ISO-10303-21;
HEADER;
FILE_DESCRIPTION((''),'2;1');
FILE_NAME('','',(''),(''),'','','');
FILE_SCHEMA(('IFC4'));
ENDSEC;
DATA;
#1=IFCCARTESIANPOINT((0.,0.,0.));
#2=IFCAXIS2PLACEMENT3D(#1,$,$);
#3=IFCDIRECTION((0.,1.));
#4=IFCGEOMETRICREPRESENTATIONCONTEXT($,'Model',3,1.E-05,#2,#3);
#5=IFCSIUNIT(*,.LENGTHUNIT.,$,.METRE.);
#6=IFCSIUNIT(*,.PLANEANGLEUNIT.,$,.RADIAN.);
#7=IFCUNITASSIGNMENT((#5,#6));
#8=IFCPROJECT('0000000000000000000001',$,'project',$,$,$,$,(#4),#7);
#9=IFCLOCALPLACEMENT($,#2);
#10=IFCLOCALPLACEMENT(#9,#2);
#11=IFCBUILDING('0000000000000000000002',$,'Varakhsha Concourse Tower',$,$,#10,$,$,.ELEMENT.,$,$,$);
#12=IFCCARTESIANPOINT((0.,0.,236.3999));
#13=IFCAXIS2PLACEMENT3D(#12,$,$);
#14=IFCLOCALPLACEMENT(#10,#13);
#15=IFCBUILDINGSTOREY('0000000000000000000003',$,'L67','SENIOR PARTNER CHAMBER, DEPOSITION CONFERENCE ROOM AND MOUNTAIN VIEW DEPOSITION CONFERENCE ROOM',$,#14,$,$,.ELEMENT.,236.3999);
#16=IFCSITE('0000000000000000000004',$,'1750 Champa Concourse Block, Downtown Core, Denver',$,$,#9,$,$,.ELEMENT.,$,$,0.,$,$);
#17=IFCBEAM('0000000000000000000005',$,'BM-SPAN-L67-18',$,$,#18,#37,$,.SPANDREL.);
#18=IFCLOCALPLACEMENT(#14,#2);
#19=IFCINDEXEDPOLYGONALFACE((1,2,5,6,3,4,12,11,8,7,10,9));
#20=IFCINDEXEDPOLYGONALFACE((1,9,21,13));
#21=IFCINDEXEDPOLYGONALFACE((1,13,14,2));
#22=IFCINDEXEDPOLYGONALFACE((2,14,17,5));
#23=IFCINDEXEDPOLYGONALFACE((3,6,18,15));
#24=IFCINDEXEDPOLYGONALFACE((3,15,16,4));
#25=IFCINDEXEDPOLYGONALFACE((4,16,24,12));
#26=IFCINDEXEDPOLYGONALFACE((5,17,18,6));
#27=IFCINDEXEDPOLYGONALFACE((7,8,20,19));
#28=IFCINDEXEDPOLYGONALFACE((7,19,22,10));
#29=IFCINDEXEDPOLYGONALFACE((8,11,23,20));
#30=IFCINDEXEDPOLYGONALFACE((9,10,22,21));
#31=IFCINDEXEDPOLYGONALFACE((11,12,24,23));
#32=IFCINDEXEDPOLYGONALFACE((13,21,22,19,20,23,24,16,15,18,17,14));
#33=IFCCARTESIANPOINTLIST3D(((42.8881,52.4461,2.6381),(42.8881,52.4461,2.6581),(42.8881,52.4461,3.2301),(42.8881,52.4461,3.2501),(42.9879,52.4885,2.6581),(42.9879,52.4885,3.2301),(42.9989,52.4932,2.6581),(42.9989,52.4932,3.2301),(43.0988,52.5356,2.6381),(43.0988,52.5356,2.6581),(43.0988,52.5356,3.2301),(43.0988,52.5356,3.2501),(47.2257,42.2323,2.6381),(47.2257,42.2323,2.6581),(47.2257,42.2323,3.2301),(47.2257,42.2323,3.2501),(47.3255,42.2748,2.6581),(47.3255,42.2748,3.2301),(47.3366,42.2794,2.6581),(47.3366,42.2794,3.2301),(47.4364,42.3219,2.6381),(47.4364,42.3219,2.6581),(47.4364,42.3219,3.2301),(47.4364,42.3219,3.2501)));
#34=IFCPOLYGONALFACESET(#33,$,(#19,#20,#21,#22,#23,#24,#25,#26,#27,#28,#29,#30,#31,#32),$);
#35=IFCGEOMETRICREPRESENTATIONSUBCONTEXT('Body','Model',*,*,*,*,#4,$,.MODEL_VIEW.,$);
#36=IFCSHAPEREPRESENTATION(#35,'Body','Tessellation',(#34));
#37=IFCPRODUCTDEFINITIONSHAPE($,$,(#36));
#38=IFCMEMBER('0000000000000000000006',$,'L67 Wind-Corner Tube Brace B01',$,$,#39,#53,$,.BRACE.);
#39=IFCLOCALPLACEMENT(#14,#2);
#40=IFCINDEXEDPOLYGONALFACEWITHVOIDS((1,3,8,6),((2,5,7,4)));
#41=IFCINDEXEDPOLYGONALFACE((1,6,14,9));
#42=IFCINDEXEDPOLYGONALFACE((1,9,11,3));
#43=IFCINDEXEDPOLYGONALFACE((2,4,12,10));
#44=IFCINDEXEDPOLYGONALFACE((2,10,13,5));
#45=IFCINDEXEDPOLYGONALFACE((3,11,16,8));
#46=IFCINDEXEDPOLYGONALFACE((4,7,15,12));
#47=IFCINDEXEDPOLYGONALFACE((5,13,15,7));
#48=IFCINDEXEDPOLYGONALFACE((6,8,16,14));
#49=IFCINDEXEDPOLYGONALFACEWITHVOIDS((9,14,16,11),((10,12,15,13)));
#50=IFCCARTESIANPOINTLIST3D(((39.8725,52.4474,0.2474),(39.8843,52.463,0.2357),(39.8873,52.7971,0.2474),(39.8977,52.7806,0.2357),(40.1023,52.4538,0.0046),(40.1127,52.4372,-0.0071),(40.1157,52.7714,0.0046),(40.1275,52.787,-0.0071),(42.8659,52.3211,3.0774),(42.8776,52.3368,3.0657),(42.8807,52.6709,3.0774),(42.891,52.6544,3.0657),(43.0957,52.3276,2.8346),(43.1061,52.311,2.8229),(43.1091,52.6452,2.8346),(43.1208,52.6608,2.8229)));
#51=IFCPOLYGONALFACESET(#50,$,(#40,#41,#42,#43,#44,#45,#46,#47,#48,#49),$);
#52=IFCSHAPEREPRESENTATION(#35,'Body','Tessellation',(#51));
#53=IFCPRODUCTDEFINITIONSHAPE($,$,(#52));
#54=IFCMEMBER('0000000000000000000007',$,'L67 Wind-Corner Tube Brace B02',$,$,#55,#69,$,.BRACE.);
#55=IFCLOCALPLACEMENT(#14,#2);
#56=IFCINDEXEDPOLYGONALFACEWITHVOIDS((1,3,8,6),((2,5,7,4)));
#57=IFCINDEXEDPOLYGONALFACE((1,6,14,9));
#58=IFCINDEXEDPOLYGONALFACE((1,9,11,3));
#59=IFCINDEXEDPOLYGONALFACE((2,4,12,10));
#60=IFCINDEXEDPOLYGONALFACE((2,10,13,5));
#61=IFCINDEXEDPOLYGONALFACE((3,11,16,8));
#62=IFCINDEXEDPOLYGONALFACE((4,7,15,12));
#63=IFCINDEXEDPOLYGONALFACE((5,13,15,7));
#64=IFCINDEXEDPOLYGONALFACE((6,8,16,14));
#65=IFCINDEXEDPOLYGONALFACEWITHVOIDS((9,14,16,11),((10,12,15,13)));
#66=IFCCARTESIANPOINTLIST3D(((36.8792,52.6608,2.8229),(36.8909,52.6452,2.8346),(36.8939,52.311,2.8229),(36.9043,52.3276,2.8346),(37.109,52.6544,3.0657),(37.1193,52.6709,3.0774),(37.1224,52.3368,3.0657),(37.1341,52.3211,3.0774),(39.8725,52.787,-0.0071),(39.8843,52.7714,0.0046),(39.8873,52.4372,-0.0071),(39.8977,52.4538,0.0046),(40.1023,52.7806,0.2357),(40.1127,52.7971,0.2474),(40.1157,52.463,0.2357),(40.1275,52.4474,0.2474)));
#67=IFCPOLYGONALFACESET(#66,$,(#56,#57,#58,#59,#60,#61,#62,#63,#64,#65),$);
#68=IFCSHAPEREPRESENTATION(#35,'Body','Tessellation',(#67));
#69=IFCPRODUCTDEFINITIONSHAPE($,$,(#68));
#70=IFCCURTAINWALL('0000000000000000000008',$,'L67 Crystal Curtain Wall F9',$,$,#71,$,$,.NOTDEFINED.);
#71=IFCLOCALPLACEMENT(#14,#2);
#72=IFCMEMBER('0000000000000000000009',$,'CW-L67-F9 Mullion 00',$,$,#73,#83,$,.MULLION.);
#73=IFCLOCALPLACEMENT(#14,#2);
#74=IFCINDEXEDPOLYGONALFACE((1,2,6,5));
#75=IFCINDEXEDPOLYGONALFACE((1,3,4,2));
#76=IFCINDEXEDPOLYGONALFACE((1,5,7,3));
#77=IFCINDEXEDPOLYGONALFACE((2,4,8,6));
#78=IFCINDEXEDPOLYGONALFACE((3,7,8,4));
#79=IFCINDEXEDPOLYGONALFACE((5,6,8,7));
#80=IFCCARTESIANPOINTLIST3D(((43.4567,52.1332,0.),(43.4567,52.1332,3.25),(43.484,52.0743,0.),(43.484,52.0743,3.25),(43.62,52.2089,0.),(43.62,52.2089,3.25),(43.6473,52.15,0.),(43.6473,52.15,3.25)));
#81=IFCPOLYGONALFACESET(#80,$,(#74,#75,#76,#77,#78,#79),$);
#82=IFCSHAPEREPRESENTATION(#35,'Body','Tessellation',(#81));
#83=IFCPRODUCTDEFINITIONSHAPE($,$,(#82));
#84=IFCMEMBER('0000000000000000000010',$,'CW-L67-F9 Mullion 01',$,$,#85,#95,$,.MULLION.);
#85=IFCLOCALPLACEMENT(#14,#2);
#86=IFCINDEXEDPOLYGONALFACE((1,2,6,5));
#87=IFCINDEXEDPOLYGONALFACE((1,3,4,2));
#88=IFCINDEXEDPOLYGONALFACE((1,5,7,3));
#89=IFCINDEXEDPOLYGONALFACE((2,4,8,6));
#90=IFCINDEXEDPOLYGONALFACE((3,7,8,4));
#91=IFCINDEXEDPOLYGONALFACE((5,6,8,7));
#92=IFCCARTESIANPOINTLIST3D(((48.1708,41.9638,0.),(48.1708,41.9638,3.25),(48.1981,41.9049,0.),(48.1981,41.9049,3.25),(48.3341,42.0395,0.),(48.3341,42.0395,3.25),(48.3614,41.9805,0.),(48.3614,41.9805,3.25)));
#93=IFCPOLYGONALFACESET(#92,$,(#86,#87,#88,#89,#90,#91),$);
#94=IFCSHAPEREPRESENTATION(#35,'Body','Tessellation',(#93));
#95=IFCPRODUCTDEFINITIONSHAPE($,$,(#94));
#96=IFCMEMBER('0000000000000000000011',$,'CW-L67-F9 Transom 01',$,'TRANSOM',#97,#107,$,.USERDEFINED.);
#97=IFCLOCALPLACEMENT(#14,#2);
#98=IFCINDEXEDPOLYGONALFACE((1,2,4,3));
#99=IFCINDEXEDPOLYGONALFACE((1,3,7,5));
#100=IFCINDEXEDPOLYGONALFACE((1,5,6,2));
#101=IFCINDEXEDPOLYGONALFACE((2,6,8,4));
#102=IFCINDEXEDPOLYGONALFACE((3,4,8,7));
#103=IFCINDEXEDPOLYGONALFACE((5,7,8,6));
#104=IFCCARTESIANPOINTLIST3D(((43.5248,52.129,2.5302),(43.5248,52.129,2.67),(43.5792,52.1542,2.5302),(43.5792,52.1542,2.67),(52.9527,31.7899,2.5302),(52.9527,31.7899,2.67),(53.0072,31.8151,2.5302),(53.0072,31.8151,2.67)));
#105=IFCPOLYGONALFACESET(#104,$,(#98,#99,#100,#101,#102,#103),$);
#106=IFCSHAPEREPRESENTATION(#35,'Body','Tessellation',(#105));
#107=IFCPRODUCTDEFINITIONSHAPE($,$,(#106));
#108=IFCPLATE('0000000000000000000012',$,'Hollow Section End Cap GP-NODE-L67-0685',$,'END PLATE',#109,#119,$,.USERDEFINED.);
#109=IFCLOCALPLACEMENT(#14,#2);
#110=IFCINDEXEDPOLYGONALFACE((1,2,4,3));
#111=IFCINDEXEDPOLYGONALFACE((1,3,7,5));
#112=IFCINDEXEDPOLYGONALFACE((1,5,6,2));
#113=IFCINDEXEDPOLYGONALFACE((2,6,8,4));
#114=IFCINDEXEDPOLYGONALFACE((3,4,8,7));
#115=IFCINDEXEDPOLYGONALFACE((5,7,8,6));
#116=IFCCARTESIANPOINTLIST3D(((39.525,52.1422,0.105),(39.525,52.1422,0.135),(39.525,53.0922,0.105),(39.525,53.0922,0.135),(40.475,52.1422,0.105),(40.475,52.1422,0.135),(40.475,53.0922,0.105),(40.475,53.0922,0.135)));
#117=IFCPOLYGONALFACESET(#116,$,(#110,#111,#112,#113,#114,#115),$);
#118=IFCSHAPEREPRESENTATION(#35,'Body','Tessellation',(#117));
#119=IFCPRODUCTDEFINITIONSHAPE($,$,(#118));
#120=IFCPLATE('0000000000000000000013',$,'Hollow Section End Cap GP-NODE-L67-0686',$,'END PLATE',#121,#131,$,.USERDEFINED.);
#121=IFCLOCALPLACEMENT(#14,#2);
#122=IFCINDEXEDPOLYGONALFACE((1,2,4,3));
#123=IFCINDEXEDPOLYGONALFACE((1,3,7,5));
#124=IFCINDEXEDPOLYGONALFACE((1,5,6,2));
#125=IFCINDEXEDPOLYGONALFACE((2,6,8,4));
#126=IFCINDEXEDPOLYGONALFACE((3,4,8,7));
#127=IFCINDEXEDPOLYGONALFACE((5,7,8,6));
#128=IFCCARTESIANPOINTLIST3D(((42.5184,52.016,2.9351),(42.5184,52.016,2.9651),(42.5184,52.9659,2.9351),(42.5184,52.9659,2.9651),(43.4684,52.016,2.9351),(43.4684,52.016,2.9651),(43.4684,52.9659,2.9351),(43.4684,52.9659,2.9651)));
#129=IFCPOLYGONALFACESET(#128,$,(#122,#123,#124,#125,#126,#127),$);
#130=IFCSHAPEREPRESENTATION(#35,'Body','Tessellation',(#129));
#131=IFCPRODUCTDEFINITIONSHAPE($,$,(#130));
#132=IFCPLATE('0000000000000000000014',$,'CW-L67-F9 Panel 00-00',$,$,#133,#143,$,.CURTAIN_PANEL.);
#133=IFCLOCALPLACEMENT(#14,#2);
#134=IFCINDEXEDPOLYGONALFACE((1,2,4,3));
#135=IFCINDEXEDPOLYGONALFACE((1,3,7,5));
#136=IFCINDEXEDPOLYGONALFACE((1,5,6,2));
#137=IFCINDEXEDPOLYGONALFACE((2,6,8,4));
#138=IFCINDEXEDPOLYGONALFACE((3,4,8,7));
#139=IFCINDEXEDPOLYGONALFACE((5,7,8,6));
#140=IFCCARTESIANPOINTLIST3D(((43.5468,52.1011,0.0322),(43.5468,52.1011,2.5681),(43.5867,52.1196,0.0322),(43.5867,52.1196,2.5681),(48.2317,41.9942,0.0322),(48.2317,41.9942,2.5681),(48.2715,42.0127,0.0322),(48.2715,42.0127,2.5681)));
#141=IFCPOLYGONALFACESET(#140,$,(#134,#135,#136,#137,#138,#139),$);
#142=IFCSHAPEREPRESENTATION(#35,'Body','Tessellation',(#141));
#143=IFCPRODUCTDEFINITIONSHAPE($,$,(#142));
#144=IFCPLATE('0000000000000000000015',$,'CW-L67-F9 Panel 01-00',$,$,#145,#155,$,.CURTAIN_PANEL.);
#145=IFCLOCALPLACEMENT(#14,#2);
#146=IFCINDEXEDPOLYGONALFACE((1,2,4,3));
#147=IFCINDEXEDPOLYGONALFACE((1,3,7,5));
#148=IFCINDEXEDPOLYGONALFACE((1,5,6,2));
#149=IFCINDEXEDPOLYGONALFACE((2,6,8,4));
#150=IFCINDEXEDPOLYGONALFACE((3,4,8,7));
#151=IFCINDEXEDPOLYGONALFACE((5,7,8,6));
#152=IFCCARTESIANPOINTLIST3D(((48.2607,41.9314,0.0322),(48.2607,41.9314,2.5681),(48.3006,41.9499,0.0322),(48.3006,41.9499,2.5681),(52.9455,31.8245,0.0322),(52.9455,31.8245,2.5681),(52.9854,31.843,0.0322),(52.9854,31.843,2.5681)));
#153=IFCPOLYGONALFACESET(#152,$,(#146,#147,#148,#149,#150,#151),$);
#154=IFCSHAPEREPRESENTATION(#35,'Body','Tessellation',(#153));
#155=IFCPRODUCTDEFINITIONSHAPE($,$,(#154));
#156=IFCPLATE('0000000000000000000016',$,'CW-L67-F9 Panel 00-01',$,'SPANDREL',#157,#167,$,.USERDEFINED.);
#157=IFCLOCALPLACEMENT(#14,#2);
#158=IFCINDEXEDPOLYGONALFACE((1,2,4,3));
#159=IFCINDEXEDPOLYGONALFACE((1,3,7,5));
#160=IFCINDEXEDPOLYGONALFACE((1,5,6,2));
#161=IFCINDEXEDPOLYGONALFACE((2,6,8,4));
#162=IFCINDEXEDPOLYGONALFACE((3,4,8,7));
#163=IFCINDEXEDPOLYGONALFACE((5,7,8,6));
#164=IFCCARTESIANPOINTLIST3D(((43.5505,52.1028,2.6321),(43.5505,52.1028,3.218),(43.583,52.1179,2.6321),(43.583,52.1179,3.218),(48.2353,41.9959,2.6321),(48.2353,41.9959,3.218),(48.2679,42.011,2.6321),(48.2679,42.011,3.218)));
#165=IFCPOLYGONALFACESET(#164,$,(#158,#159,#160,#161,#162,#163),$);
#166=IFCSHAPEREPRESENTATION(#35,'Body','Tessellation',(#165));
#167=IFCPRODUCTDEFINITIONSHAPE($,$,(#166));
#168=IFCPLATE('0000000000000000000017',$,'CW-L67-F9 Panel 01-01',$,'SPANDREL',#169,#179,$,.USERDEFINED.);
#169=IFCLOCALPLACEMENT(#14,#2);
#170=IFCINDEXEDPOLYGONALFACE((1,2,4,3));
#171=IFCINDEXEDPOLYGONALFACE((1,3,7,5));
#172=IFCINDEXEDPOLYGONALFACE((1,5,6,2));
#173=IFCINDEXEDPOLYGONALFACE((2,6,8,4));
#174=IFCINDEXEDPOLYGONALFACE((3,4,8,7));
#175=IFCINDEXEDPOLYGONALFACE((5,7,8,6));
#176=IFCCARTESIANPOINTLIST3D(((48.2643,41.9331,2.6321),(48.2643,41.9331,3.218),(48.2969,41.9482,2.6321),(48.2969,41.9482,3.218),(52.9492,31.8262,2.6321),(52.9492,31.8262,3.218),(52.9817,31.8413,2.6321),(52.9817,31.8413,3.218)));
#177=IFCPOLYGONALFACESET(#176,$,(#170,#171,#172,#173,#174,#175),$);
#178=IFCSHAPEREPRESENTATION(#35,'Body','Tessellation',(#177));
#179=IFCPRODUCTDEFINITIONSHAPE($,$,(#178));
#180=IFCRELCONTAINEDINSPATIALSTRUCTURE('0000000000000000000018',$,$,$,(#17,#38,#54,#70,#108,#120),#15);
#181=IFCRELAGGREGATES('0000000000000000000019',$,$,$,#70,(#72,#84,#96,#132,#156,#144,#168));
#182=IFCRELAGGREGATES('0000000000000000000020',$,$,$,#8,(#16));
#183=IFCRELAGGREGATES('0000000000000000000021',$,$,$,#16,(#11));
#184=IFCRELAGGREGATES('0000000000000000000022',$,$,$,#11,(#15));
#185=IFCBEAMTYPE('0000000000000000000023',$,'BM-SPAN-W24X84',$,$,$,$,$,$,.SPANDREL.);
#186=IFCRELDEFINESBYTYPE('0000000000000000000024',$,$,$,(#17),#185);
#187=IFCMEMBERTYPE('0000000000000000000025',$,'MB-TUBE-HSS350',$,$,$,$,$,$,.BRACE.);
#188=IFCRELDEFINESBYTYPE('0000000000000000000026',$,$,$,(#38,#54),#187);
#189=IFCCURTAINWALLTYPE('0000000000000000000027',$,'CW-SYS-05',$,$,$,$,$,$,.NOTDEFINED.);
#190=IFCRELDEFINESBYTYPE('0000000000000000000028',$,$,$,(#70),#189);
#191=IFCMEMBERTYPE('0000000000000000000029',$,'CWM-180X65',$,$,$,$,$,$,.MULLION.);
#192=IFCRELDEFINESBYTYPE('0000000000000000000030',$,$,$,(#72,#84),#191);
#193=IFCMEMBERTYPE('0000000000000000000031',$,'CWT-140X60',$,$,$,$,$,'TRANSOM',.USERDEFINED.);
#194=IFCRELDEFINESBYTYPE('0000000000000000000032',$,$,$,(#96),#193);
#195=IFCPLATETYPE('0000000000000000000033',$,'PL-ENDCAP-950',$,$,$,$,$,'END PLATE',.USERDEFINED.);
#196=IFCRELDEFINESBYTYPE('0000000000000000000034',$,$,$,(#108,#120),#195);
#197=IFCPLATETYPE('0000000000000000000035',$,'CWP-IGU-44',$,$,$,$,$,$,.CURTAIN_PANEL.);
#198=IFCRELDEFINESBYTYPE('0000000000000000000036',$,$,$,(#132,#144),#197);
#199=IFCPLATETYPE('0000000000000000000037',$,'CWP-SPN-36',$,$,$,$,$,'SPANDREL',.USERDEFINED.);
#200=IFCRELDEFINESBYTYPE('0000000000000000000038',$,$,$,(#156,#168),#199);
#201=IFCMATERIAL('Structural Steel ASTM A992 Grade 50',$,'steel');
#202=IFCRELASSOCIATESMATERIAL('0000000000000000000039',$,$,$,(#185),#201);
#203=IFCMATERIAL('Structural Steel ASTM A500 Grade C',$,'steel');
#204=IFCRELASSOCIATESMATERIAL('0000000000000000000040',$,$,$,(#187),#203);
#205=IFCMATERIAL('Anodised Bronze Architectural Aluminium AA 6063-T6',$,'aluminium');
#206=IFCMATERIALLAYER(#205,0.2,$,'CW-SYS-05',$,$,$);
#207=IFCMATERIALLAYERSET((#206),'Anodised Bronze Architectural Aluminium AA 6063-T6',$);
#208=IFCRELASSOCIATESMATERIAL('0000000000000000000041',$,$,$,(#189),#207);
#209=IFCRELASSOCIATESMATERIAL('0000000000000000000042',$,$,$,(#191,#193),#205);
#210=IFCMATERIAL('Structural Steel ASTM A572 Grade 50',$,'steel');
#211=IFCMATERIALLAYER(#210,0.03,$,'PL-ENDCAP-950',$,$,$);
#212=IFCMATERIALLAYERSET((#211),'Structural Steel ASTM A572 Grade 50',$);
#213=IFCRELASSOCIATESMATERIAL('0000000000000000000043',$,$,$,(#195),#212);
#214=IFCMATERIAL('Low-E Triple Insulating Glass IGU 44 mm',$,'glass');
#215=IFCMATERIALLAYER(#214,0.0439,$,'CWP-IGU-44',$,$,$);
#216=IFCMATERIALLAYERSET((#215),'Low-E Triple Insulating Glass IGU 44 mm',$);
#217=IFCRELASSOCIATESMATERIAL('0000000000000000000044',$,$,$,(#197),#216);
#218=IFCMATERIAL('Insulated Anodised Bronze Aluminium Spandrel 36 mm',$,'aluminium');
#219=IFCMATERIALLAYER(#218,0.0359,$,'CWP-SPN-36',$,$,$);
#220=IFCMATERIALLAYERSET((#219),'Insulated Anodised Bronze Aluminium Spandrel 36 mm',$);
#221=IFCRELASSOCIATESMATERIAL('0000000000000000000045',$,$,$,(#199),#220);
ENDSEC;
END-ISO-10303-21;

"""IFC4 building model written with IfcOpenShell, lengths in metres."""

from ifc_helpers import new_model, si_unit, direction, frame, origin, origin_2d, place, context, subcontext, project, spatial, rectangle, hollow_rectangle, i_section, extrude, source, transform, mapped, material, layer, layer_set, material_profile, profile_set, type_object, type_shapes, element, aggregate, save


model = new_model("IFC4")

# Units and contexts
model_context = context("Model", 3, precision=1e-05, world=origin(), true_north=direction((0.0, 1.0)))
body_context = subcontext(model_context, "Body", "Model", "MODEL_VIEW")
ifc_project = project(units=[si_unit("LENGTHUNIT", "METRE"), si_unit("PLANEANGLEUNIT", "RADIAN")], contexts=[model_context])

# Site, building, storey
site_placement = place(None, origin())
site = spatial("IfcSite", under=ifc_project, at=site_placement, Name="1750 Champa Concourse Block, Downtown Core, Denver", CompositionType="ELEMENT", RefElevation=0.0)
building_placement = place(site_placement, origin())
building = spatial("IfcBuilding", under=site, at=building_placement, Name="Varakhsha Concourse Tower", CompositionType="ELEMENT")
storey_placement = place(building_placement, frame((0.0, 0.0, 236.3999)))
storey = spatial("IfcBuildingStorey", under=building, at=storey_placement, Name="L67", Description="SENIOR PARTNER CHAMBER, DEPOSITION CONFERENCE ROOM AND MOUNTAIN VIEW DEPOSITION CONFERENCE ROOM", CompositionType="ELEMENT", Elevation=236.3999)

# Shared definitions
ifc_material_1 = material(Name="Structural Steel ASTM A992 Grade 50", Category="steel")
ifc_material_2 = material(Name="Structural Steel ASTM A572 Grade 50", Category="steel")

# Beam
ifc_material_profile_1 = material_profile(ifc_material_1, i_section(OverallWidth=0.229, OverallDepth=0.6121, WebThickness=0.012, FlangeThickness=0.02, at=origin_2d()), Name="W24X84")
ifc_profile_set_1 = profile_set([ifc_material_profile_1], Name="Structural Steel ASTM A992 Grade 50")
beam_type_1 = type_object("IfcBeamType", Name="BM-SPAN-W24X84", PredefinedType="SPANDREL", material=ifc_profile_set_1)
beam_1_placement = place(storey_placement, frame((47.3311, 42.2771, 2.9441), z_axis=(-0.390893, 0.920436, 0.0), x_axis=(-0.920436, -0.390893, 0.0)))
element("IfcBeam", 1, at=beam_1_placement, inside=storey, type_object=beam_type_1, Name="BM-SPAN-L67-18", PredefinedType="SPANDREL", context=body_context, shape_type="SweptSolid", body=[
    extrude(i_section(OverallWidth=0.229, OverallDepth=0.6121, WebThickness=0.012, FlangeThickness=0.02, at=origin_2d()), origin(), (0.0, 0.0, 1.0), 11.0967),
])

# Members
ifc_material_3 = material(Name="Structural Steel ASTM A500 Grade C", Category="steel")
ifc_material_profile_2 = material_profile(ifc_material_3, hollow_rectangle(XDim=0.3501, YDim=0.3501, WallThickness=0.0161, at=origin_2d()), Name="HSS 350x350x16")
ifc_profile_set_2 = profile_set([ifc_material_profile_2], Name="Structural Steel ASTM A500 Grade C")
member_type_1 = type_object("IfcMemberType", Name="MB-TUBE-HSS350", PredefinedType="BRACE", material=ifc_profile_set_2)
shared_shape_1 = source(origin(), body_context, "Body", "SweptSolid", [
    extrude(hollow_rectangle(XDim=0.3501, YDim=0.3501, WallThickness=0.0161, at=origin_2d()), origin(), (0.0, 0.0, 1.0), 4.1213),
])
type_shapes(member_type_1, [shared_shape_1])
for number, where, z_axis, x_axis, name in (
    (2, (40.0, 52.6172, 0.1201), (0.726312, -0.030626, 0.686682), (0.042129, 0.999112, 0.0), "L67 Wind-Corner Tube Brace B01"),
    (3, (40.0, 52.6172, 0.1201), (-0.726312, -0.030626, 0.686682), (0.042129, -0.999112, 0.0), "L67 Wind-Corner Tube Brace B02"),
):
    element("IfcMember", number, at=place(storey_placement, frame(where, z_axis=z_axis, x_axis=x_axis)), inside=storey, type_object=member_type_1, Name=name, PredefinedType="BRACE", context=body_context, shape_type="MappedRepresentation", body=[
        mapped(shared_shape_1, transform((0.0, 0.0, 0.0), scale=1.0)),
    ])

# Curtain wall, members
ifc_material_4 = material(Name="Anodised Bronze Architectural Aluminium AA 6063-T6", Category="aluminium")
ifc_layer_1 = layer(ifc_material_4, 0.2, Name="CW-SYS-05")
ifc_layer_set_1 = layer_set([ifc_layer_1], Name="Anodised Bronze Architectural Aluminium AA 6063-T6")
curtain_wall_type = type_object("IfcCurtainWallType", Name="CW-SYS-05", PredefinedType="NOTDEFINED", material=ifc_layer_set_1)
curtain_wall_placement = place(storey_placement, origin())
curtain_wall = element("IfcCurtainWall", 4, at=curtain_wall_placement, inside=storey, type_object=curtain_wall_type, Name="L67 Crystal Curtain Wall F9", PredefinedType="NOTDEFINED")
ifc_material_profile_3 = material_profile(ifc_material_4, rectangle(XDim=0.0649, YDim=0.1799, at=origin_2d()), Name="CWM-180X65")
ifc_profile_set_3 = profile_set([ifc_material_profile_3], Name="Anodised Bronze Architectural Aluminium AA 6063-T6")
member_type_2 = type_object("IfcMemberType", Name="CWM-180X65", PredefinedType="MULLION", material=ifc_profile_set_3)
shared_shape_2 = source(origin(), body_context, "Body", "SweptSolid", [
    extrude(rectangle(XDim=0.0649, YDim=0.1799, at=origin_2d()), origin(), (0.0, 0.0, 1.0), 3.25),
])
type_shapes(member_type_2, [shared_shape_2])
member_1_placement = place(storey_placement, frame((43.552, 52.1416, 0.0), z_axis=(0.0, 0.0, 1.0), x_axis=(0.420547, -0.907271, 0.0)))
member_1 = element("IfcMember", 5, at=member_1_placement, type_object=member_type_2, Name="CW-L67-F9 Mullion 00", PredefinedType="MULLION", context=body_context, shape_type="MappedRepresentation", body=[
    mapped(shared_shape_2, transform((0.0, 0.0, 0.0), scale=1.0)),
])
member_2_placement = place(storey_placement, frame((48.2661, 41.9722, 0.0), z_axis=(0.0, 0.0, 1.0), x_axis=(0.420547, -0.907271, 0.0)))
member_2 = element("IfcMember", 6, at=member_2_placement, type_object=member_type_2, Name="CW-L67-F9 Mullion 01", PredefinedType="MULLION", context=body_context, shape_type="MappedRepresentation", body=[
    mapped(shared_shape_2, transform((0.0, 0.0, 0.0), scale=1.0)),
])
ifc_material_profile_4 = material_profile(ifc_material_4, rectangle(XDim=0.0601, YDim=0.1399, at=origin_2d()), Name="CWT-140X60")
ifc_profile_set_4 = profile_set([ifc_material_profile_4], Name="Anodised Bronze Architectural Aluminium AA 6063-T6")
member_type_3 = type_object("IfcMemberType", Name="CWT-140X60", ElementType="TRANSOM", PredefinedType="USERDEFINED", material=ifc_profile_set_4)
shared_shape_3 = source(origin(), body_context, "Body", "SweptSolid", [
    extrude(rectangle(XDim=0.0601, YDim=0.1399, at=origin_2d()), origin(), (0.0, 0.0, 1.0), 22.418),
])
type_shapes(member_type_3, [shared_shape_3])
member_3_placement = place(storey_placement, frame((43.552, 52.1416, 2.6001), z_axis=(0.420554, -0.907267, 0.0), x_axis=(0.907267, 0.420554, 0.0)))
member_3 = element("IfcMember", 7, at=member_3_placement, type_object=member_type_3, Name="CW-L67-F9 Transom 01", ObjectType="TRANSOM", PredefinedType="USERDEFINED", context=body_context, shape_type="MappedRepresentation", body=[
    mapped(shared_shape_3, transform((0.0, 0.0, 0.0), scale=1.0)),
])

# Plates
ifc_layer_2 = layer(ifc_material_2, 0.03, Name="PL-ENDCAP-950")
ifc_layer_set_2 = layer_set([ifc_layer_2], Name="Structural Steel ASTM A572 Grade 50")
plate_type_1 = type_object("IfcPlateType", Name="PL-ENDCAP-950", ElementType="END PLATE", PredefinedType="USERDEFINED", material=ifc_layer_set_2)
shared_shape_4 = source(origin(), body_context, "Body", "SweptSolid", [
    extrude(rectangle(XDim=0.95, YDim=0.95, at=origin_2d()), origin(), (0.0, 0.0, 1.0), 0.03),
])
type_shapes(plate_type_1, [shared_shape_4])
for number, where, z_axis, x_axis, name in (
    (8, (40.0, 52.6172, 0.105), (0.0, 0.0, 1.0), (1.0, 0.0, 0.0), "Hollow Section End Cap GP-NODE-L67-0685"),
    (9, (42.9934, 52.491, 2.9351), (0.0, 0.0, 1.0), (1.0, 0.0, 0.0), "Hollow Section End Cap GP-NODE-L67-0686"),
):
    element("IfcPlate", number, at=place(storey_placement, frame(where, z_axis=z_axis, x_axis=x_axis)), inside=storey, type_object=plate_type_1, Name=name, ObjectType="END PLATE", PredefinedType="USERDEFINED", context=body_context, shape_type="MappedRepresentation", body=[
        mapped(shared_shape_4, transform((0.0, 0.0, 0.0), scale=1.0)),
    ])

# Plates
ifc_material_5 = material(Name="Low-E Triple Insulating Glass IGU 44 mm", Category="glass")
ifc_layer_3 = layer(ifc_material_5, 0.0439, Name="CWP-IGU-44")
ifc_layer_set_3 = layer_set([ifc_layer_3], Name="Low-E Triple Insulating Glass IGU 44 mm")
plate_type_2 = type_object("IfcPlateType", Name="CWP-IGU-44", PredefinedType="CURTAIN_PANEL", material=ifc_layer_set_3)
shared_shape_5 = source(origin(), body_context, "Body", "SweptSolid", [
    extrude(rectangle(XDim=11.1399, YDim=0.0439, at=origin_2d()), origin(), (0.0, 0.0, 1.0), 2.5359),
])
type_shapes(plate_type_2, [shared_shape_5])
plate_1_placement = place(storey_placement, frame((45.9092, 47.0569, 0.0322), z_axis=(0.0, 0.0, 1.0), x_axis=(0.420547, -0.907271, 0.0)))
plate_1 = element("IfcPlate", 10, at=plate_1_placement, type_object=plate_type_2, Name="CW-L67-F9 Panel 00-00", PredefinedType="CURTAIN_PANEL", context=body_context, shape_type="MappedRepresentation", body=[
    mapped(shared_shape_5, transform((0.0, 0.0, 0.0), scale=1.0)),
])
plate_2_placement = place(storey_placement, frame((50.623, 36.8872, 0.0322), z_axis=(0.0, 0.0, 1.0), x_axis=(0.420547, -0.907271, 0.0)))
plate_2 = element("IfcPlate", 11, at=plate_2_placement, type_object=plate_type_2, Name="CW-L67-F9 Panel 01-00", PredefinedType="CURTAIN_PANEL", context=body_context, shape_type="MappedRepresentation", body=[
    mapped(shared_shape_5, transform((0.0, 0.0, 0.0), scale=1.0)),
])
ifc_material_6 = material(Name="Insulated Anodised Bronze Aluminium Spandrel 36 mm", Category="aluminium")
ifc_layer_4 = layer(ifc_material_6, 0.0359, Name="CWP-SPN-36")
ifc_layer_set_4 = layer_set([ifc_layer_4], Name="Insulated Anodised Bronze Aluminium Spandrel 36 mm")
plate_type_3 = type_object("IfcPlateType", Name="CWP-SPN-36", ElementType="SPANDREL", PredefinedType="USERDEFINED", material=ifc_layer_set_4)
shared_shape_6 = source(origin(), body_context, "Body", "SweptSolid", [
    extrude(rectangle(XDim=11.1399, YDim=0.0359, at=origin_2d()), origin(), (0.0, 0.0, 1.0), 0.5859),
])
type_shapes(plate_type_3, [shared_shape_6])
plate_3_placement = place(storey_placement, frame((45.9092, 47.0569, 2.6321), z_axis=(0.0, 0.0, 1.0), x_axis=(0.420547, -0.907271, 0.0)))
plate_3 = element("IfcPlate", 12, at=plate_3_placement, type_object=plate_type_3, Name="CW-L67-F9 Panel 00-01", ObjectType="SPANDREL", PredefinedType="USERDEFINED", context=body_context, shape_type="MappedRepresentation", body=[
    mapped(shared_shape_6, transform((0.0, 0.0, 0.0), scale=1.0)),
])
plate_4_placement = place(storey_placement, frame((50.623, 36.8872, 2.6321), z_axis=(0.0, 0.0, 1.0), x_axis=(0.420547, -0.907271, 0.0)))
plate_4 = element("IfcPlate", 13, at=plate_4_placement, type_object=plate_type_3, Name="CW-L67-F9 Panel 01-01", ObjectType="SPANDREL", PredefinedType="USERDEFINED", context=body_context, shape_type="MappedRepresentation", body=[
    mapped(shared_shape_6, transform((0.0, 0.0, 0.0), scale=1.0)),
])
aggregate(curtain_wall, [member_1, member_2, member_3, plate_1, plate_3, plate_2, plate_4])

save(model, "model.ifc")
